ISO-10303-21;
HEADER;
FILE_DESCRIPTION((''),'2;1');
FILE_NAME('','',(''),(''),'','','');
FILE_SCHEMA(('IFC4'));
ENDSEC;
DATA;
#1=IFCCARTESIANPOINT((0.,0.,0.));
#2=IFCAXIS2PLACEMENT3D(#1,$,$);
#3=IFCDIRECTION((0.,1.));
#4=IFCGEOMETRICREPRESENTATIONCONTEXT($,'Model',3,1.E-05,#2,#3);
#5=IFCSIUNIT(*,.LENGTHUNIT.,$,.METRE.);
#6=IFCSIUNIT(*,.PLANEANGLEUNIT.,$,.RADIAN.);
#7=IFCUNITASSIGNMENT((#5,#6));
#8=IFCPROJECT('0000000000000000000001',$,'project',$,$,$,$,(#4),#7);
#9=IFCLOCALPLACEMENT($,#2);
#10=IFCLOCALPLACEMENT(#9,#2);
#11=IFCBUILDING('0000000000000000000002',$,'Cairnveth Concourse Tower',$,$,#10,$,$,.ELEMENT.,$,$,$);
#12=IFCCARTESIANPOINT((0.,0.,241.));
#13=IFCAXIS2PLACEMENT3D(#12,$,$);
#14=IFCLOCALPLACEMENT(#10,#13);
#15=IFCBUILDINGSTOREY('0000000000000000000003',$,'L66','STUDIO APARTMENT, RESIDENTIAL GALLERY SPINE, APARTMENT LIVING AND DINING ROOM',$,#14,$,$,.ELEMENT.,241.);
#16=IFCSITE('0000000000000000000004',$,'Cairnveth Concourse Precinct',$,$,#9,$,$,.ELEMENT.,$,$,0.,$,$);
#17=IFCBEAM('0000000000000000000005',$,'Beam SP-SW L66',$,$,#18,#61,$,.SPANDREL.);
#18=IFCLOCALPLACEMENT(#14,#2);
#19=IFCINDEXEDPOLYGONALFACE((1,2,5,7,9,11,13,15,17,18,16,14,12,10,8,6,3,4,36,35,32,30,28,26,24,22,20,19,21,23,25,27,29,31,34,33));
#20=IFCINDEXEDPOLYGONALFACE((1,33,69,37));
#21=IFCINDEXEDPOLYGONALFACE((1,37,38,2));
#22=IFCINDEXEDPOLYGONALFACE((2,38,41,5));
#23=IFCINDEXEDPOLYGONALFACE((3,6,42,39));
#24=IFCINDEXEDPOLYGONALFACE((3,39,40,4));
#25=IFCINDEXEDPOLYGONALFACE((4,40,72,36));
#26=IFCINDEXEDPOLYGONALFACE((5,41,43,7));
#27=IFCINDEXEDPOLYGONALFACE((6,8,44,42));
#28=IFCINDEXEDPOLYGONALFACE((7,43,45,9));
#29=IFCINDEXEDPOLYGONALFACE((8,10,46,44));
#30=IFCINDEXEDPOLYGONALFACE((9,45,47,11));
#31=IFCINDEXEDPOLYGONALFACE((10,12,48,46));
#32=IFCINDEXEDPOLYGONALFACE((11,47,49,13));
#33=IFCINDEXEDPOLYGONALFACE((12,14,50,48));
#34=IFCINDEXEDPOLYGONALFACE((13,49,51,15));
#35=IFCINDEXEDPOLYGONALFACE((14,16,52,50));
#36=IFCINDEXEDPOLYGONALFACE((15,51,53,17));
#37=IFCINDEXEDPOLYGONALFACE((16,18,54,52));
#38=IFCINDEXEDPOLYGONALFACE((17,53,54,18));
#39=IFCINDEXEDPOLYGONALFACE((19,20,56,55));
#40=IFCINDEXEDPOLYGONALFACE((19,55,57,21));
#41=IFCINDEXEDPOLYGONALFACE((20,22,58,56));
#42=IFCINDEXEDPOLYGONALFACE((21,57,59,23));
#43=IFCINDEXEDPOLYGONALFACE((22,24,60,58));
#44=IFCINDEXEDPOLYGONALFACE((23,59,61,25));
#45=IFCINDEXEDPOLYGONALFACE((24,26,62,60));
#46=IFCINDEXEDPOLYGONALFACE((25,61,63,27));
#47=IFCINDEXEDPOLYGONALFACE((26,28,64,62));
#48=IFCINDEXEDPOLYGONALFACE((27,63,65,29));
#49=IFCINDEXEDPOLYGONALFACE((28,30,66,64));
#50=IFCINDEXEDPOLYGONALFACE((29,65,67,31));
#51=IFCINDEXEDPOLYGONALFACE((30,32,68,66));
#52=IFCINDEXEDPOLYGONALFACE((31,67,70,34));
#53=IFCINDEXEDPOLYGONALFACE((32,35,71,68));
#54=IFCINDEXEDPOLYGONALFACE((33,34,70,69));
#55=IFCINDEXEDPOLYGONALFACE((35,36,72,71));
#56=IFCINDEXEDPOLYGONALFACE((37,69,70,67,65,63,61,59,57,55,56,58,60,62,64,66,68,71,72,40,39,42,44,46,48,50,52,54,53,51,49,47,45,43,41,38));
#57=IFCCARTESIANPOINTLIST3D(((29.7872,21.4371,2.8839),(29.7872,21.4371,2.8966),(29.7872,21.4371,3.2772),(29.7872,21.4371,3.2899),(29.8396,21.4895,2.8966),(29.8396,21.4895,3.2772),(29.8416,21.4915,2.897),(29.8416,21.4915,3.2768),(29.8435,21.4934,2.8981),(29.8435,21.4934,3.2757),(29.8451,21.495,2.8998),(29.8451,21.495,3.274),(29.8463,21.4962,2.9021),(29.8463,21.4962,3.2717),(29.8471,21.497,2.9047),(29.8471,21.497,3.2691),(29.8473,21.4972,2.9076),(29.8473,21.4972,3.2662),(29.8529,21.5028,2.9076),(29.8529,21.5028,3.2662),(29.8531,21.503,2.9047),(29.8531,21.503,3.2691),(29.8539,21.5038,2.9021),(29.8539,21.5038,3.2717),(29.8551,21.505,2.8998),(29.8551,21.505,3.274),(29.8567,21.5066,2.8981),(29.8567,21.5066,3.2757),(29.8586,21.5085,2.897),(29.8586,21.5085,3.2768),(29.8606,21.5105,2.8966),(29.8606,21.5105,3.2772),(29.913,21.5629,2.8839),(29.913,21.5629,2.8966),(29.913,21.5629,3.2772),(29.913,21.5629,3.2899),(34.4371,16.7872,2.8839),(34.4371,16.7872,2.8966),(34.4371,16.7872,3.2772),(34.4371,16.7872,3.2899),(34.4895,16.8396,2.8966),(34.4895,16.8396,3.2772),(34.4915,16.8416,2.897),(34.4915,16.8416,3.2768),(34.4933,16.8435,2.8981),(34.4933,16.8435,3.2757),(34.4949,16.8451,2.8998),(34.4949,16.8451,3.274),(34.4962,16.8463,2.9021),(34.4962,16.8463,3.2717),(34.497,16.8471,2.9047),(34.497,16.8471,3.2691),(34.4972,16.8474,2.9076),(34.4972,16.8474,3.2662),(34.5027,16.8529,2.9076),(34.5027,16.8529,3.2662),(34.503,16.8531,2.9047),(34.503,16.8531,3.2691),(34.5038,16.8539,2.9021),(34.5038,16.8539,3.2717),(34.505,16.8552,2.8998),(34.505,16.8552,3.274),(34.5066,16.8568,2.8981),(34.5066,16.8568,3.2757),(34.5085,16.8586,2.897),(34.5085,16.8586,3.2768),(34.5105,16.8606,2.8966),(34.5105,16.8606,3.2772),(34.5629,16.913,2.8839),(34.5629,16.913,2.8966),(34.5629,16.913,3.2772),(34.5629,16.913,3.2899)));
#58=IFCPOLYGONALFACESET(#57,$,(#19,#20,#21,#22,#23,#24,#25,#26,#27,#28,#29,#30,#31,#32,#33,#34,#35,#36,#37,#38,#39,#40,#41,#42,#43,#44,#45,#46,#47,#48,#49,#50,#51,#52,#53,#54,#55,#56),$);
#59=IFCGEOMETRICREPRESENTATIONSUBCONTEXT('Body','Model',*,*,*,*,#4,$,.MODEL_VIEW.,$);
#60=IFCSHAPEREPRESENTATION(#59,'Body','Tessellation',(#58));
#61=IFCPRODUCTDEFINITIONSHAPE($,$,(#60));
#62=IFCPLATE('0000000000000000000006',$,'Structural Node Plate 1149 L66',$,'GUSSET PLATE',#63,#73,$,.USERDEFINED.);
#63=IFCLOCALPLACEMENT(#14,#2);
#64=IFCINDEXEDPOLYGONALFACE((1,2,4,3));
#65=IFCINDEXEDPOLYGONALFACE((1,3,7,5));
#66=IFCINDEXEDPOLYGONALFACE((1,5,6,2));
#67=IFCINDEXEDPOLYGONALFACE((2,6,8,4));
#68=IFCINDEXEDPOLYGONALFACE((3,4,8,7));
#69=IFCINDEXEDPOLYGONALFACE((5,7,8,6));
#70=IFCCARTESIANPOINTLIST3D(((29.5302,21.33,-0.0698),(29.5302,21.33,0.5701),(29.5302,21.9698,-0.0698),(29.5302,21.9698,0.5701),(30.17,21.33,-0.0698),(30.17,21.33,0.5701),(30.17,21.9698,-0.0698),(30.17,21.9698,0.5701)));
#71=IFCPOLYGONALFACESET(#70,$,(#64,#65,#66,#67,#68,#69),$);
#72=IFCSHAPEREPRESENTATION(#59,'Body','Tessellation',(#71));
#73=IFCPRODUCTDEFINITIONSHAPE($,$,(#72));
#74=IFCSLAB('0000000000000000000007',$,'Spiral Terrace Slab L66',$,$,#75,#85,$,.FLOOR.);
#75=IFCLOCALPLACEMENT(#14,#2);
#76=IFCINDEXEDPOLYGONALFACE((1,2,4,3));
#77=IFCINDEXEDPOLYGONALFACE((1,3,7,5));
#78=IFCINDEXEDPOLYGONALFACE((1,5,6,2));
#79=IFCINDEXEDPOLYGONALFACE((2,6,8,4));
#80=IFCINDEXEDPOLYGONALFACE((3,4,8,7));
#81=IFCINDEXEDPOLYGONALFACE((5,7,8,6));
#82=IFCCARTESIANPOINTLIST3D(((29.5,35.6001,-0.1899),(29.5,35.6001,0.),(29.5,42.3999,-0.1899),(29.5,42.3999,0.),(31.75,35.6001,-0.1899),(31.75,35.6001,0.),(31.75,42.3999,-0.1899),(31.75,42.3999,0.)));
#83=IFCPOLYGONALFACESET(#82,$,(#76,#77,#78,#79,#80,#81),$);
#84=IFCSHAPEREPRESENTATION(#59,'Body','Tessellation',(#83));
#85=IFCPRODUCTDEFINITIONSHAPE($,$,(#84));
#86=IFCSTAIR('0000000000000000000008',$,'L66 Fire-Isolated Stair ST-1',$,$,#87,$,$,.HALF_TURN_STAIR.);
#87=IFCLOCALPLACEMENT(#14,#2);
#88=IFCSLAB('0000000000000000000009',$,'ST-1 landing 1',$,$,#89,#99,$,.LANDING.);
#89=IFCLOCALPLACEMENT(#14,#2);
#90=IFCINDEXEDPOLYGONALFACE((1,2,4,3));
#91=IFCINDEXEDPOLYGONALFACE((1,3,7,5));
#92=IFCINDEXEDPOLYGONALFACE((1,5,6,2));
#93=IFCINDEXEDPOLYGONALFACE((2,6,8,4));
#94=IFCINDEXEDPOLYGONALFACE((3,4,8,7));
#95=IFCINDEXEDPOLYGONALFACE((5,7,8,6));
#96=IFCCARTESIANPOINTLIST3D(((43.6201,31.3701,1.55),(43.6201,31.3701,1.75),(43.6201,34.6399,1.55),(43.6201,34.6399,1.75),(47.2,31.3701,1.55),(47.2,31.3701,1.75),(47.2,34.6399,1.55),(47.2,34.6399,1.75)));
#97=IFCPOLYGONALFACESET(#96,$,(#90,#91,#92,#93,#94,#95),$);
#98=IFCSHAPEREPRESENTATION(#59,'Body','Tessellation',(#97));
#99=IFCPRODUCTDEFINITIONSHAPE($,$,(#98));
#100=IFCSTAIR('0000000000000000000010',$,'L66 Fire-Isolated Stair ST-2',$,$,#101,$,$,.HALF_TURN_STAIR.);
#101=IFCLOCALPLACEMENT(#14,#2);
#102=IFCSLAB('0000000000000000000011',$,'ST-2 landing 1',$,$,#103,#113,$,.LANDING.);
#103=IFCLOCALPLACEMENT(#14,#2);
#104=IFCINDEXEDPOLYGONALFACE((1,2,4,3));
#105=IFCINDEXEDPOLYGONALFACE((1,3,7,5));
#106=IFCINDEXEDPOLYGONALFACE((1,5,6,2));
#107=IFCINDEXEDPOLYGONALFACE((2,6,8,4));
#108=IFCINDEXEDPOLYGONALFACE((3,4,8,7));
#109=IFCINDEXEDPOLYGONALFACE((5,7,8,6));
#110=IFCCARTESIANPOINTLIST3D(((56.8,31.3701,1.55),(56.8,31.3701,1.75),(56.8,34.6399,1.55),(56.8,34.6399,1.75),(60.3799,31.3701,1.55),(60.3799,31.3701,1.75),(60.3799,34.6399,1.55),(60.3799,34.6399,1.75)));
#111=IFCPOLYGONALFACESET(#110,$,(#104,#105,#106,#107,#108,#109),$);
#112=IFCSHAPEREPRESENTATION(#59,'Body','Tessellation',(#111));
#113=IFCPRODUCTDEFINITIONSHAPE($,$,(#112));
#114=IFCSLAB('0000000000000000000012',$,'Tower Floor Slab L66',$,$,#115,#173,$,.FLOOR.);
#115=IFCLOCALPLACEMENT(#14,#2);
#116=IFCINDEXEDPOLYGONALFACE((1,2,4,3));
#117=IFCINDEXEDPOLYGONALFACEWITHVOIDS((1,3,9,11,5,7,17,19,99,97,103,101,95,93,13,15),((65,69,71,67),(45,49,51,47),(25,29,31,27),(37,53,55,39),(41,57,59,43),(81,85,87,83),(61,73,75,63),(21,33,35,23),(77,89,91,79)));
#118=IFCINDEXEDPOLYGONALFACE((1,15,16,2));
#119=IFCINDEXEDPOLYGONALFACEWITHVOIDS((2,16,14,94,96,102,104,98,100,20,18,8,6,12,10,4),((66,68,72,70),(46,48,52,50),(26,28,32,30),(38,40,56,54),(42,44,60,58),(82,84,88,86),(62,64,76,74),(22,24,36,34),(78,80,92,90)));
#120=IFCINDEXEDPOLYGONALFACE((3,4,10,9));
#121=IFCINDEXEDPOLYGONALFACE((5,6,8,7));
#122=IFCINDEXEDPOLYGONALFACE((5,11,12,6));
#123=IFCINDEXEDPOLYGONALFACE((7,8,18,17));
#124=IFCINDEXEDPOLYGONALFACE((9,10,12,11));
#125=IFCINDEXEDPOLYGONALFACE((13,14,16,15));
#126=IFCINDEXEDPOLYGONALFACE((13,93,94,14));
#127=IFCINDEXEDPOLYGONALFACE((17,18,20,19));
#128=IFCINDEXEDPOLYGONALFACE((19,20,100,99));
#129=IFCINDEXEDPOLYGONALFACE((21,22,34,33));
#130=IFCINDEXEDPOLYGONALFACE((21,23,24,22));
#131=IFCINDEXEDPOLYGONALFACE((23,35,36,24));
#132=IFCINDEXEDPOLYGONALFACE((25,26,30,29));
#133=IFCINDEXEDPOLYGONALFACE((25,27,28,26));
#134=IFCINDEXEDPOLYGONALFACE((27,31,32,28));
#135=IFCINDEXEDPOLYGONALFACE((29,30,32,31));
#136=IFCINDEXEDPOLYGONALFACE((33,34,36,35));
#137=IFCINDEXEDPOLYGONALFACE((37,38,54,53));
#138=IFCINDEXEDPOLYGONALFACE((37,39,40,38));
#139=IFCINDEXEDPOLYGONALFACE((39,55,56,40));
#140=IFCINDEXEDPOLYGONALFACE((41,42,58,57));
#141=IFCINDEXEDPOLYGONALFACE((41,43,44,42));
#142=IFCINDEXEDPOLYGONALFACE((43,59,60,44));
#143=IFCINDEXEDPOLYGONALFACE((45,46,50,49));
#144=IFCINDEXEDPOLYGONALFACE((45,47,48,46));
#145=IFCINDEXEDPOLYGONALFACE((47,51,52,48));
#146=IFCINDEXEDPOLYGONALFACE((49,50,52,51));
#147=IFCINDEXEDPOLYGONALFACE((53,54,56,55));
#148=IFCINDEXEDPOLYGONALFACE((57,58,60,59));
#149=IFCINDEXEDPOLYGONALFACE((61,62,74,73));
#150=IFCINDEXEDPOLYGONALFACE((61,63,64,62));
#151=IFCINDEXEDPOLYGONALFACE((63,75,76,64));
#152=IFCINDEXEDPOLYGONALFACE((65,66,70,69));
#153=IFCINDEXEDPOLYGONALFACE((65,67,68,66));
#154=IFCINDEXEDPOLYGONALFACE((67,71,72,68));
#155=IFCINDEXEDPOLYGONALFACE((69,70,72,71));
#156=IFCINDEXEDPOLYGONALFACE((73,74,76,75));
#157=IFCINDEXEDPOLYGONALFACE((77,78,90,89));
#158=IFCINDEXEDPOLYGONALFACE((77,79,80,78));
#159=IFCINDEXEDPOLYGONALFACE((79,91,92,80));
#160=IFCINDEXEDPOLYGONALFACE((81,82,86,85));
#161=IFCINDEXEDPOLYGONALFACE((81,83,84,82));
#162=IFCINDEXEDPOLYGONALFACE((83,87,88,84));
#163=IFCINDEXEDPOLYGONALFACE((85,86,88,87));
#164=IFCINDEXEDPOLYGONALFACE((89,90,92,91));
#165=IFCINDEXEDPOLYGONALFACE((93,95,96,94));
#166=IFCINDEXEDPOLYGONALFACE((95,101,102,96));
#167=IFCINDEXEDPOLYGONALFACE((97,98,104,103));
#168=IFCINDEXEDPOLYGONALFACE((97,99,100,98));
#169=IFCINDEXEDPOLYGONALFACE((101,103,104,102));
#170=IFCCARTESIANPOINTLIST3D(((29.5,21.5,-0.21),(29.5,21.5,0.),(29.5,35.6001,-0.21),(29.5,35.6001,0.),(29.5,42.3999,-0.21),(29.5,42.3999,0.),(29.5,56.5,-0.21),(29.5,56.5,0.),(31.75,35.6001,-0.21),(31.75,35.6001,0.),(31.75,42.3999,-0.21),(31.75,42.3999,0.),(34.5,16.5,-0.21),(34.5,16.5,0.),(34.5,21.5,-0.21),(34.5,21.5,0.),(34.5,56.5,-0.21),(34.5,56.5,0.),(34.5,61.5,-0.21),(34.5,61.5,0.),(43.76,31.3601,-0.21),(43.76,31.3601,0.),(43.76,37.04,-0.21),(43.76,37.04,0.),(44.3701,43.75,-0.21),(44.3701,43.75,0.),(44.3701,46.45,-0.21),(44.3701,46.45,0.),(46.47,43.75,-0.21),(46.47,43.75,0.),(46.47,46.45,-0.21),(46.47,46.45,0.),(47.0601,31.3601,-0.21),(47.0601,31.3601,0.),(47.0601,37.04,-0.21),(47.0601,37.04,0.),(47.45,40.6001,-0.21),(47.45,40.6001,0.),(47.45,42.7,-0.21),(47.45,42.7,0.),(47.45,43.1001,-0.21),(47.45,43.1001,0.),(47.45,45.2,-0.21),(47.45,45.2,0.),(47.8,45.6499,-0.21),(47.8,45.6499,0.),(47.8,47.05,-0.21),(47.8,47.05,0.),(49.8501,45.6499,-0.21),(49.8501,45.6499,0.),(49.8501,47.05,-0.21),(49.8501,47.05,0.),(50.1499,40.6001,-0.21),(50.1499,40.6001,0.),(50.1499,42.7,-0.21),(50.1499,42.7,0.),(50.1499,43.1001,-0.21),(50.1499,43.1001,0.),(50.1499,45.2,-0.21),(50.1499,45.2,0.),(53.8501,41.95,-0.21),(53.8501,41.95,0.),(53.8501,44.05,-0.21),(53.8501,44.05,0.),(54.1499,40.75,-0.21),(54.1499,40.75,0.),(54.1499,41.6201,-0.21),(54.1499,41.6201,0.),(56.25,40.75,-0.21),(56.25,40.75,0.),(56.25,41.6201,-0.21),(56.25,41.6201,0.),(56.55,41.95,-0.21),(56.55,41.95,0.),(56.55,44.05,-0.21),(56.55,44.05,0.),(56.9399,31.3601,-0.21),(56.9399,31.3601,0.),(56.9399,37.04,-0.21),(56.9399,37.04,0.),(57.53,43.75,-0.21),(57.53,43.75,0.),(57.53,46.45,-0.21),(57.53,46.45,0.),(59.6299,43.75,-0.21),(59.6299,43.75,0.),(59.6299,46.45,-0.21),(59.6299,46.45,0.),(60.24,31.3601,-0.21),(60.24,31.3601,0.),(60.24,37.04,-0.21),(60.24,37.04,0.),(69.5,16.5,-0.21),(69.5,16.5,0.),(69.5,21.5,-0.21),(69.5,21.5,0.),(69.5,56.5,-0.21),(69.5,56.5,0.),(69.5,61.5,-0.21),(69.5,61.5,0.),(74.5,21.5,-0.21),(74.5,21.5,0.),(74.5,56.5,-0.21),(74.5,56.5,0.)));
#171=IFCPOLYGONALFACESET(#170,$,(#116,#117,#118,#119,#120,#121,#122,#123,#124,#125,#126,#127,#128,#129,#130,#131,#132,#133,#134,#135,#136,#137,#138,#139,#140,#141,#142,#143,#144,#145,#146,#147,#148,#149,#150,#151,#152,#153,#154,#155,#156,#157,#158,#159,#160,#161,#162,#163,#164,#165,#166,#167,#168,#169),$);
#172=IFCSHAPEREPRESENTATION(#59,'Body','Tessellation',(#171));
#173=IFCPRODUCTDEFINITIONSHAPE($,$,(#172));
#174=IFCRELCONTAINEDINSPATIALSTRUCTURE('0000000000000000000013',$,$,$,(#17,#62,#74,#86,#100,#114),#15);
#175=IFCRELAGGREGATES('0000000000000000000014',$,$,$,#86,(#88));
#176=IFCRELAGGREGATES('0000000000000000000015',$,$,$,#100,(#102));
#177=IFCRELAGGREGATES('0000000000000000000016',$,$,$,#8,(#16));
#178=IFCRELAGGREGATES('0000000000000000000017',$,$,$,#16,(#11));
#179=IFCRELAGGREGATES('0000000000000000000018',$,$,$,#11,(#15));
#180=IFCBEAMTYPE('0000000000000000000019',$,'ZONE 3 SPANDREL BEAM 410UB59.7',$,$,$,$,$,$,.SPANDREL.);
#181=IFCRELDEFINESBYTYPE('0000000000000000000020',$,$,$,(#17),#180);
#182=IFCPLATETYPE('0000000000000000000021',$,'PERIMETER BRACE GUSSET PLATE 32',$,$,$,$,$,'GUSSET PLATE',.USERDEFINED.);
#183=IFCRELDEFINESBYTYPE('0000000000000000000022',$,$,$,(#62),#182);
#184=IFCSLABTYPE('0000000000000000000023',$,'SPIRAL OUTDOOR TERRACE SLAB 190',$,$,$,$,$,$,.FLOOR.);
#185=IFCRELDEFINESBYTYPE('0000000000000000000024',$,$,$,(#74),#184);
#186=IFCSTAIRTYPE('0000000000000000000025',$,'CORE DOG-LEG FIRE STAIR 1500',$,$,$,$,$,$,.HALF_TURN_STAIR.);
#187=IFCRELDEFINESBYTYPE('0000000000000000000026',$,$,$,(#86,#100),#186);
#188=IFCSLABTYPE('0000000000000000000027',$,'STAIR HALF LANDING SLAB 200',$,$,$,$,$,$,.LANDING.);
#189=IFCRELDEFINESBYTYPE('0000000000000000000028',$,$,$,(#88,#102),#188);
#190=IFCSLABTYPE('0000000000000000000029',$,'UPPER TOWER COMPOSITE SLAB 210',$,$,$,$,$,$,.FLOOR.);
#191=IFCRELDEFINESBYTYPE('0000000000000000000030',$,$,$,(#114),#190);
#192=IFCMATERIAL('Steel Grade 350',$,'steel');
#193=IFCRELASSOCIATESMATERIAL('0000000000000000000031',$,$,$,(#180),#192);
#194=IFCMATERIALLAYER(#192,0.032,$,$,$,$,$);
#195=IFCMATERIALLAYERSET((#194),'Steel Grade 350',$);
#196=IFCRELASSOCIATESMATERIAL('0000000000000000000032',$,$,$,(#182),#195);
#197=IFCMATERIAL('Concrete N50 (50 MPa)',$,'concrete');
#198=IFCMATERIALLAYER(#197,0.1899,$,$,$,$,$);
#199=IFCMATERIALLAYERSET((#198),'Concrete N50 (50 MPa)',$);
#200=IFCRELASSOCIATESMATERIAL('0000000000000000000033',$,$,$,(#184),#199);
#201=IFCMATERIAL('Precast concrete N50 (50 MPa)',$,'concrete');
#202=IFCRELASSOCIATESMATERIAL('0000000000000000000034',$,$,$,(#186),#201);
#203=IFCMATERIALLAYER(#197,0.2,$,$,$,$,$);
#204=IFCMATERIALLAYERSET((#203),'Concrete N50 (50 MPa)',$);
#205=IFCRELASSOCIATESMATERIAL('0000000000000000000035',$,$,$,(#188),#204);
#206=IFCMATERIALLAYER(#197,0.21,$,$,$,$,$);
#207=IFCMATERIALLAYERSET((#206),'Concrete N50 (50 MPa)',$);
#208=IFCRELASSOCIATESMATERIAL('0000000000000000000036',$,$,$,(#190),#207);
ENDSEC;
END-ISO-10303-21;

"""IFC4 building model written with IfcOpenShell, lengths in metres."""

from ifc_helpers import new_model, si_unit, direction, frame, origin, origin_2d, place, context, subcontext, project, spatial, polyline, rectangle, i_section, outline, extrude, material, layer, layer_set, material_profile, profile_set, type_object, element, aggregate, save


model = new_model("IFC4")

# Units and contexts
model_context = context("Model", 3, precision=1e-05, world=origin(), true_north=direction((0.0, 1.0)))
body_context = subcontext(model_context, "Body", "Model", "MODEL_VIEW")
ifc_project = project(units=[si_unit("LENGTHUNIT", "METRE"), si_unit("PLANEANGLEUNIT", "RADIAN")], contexts=[model_context])

# Site, building, storey
site_placement = place(None, origin())
site = spatial("IfcSite", under=ifc_project, at=site_placement, Name="Cairnveth Concourse Precinct", CompositionType="ELEMENT", RefElevation=0.0)
building_placement = place(site_placement, origin())
building = spatial("IfcBuilding", under=site, at=building_placement, Name="Cairnveth Concourse Tower", CompositionType="ELEMENT")
storey_placement = place(building_placement, frame((0.0, 0.0, 241.0)))
storey = spatial("IfcBuildingStorey", under=building, at=storey_placement, Name="L66", Description="STUDIO APARTMENT, RESIDENTIAL GALLERY SPINE, APARTMENT LIVING AND DINING ROOM", CompositionType="ELEMENT", Elevation=241.0)

# Shared definitions
ifc_material_1 = material(Name="Steel Grade 350", Category="steel")

# Beam
ifc_material_profile_1 = material_profile(ifc_material_1, i_section(OverallWidth=0.178, OverallDepth=0.406, WebThickness=0.0078, FlangeThickness=0.0127, FilletRadius=0.011, at=origin_2d()), Name="410UB59.7")
ifc_profile_set_1 = profile_set([ifc_material_profile_1], Name="Steel Grade 350")
beam_type_1 = type_object("IfcBeamType", Name="ZONE 3 SPANDREL BEAM 410UB59.7", PredefinedType="SPANDREL", material=ifc_profile_set_1)
beam_1_placement = place(storey_placement, frame((29.8501, 21.5, 3.0869), z_axis=(0.707107, -0.707107, 0.0), x_axis=(0.707107, 0.707107, 0.0)))
element("IfcBeam", 1, at=beam_1_placement, inside=storey, type_object=beam_type_1, Name="Beam SP-SW L66", PredefinedType="SPANDREL", context=body_context, shape_type="SweptSolid", body=[
    extrude(i_section(OverallWidth=0.178, OverallDepth=0.406, WebThickness=0.0078, FlangeThickness=0.0127, FilletRadius=0.011, at=origin_2d()), origin(), (0.0, 0.0, 1.0), 6.5759),
])

# Plate
ifc_layer_1 = layer(ifc_material_1, 0.032)
ifc_layer_set_1 = layer_set([ifc_layer_1], Name="Steel Grade 350")
plate_type = type_object("IfcPlateType", Name="PERIMETER BRACE GUSSET PLATE 32", ElementType="GUSSET PLATE", PredefinedType="USERDEFINED", material=ifc_layer_set_1)
plate_placement = place(storey_placement, frame((29.8501, 21.6499, -0.0698), z_axis=(0.0, 0.0, 1.0), x_axis=(1.0, 0.0, 0.0)))
element("IfcPlate", 2, at=plate_placement, inside=storey, type_object=plate_type, Name="Structural Node Plate 1149 L66", ObjectType="GUSSET PLATE", PredefinedType="USERDEFINED", context=body_context, shape_type="SweptSolid", body=[
    extrude(rectangle(XDim=0.6399, YDim=0.6399, at=origin_2d()), origin(), (0.0, 0.0, 1.0), 0.6399),
])

# Slab
ifc_material_2 = material(Name="Concrete N50 (50 MPa)", Category="concrete")
ifc_layer_2 = layer(ifc_material_2, 0.1899)
ifc_layer_set_2 = layer_set([ifc_layer_2], Name="Concrete N50 (50 MPa)")
slab_type_1 = type_object("IfcSlabType", Name="SPIRAL OUTDOOR TERRACE SLAB 190", PredefinedType="FLOOR", material=ifc_layer_set_2)
slab_1_placement = place(storey_placement, frame((0.0, 0.0, -0.1899)))
element("IfcSlab", 3, at=slab_1_placement, inside=storey, type_object=slab_type_1, Name="Spiral Terrace Slab L66", PredefinedType="FLOOR", context=body_context, shape_type="SweptSolid", body=[
    extrude(outline(polyline([(29.5, 35.6001), (31.75, 35.6001), (31.75, 42.3999), (29.5, 42.3999), (29.5, 35.6001)])), origin(), (0.0, 0.0, 1.0), 0.1899),
])

# Stairs, slabs
ifc_material_3 = material(Name="Precast concrete N50 (50 MPa)", Category="concrete")
stair_type = type_object("IfcStairType", Name="CORE DOG-LEG FIRE STAIR 1500", PredefinedType="HALF_TURN_STAIR", material=ifc_material_3)
stair_1_placement = place(storey_placement, origin())
stair_1 = element("IfcStair", 4, at=stair_1_placement, inside=storey, type_object=stair_type, Name="L66 Fire-Isolated Stair ST-1", PredefinedType="HALF_TURN_STAIR")
ifc_layer_3 = layer(ifc_material_2, 0.2)
ifc_layer_set_3 = layer_set([ifc_layer_3], Name="Concrete N50 (50 MPa)")
slab_type_2 = type_object("IfcSlabType", Name="STAIR HALF LANDING SLAB 200", PredefinedType="LANDING", material=ifc_layer_set_3)
slab_2_placement = place(storey_placement, frame((0.0, 0.0, 1.55)))
slab_2 = element("IfcSlab", 5, at=slab_2_placement, type_object=slab_type_2, Name="ST-1 landing 1", PredefinedType="LANDING", context=body_context, shape_type="SweptSolid", body=[
    extrude(outline(polyline([(43.6201, 34.6399), (43.6201, 31.3701), (47.2, 31.3701), (47.2, 34.6399), (43.6201, 34.6399)])), origin(), (0.0, 0.0, 1.0), 0.2),
])
aggregate(stair_1, [slab_2])
stair_2_placement = place(storey_placement, origin())
stair_2 = element("IfcStair", 6, at=stair_2_placement, inside=storey, type_object=stair_type, Name="L66 Fire-Isolated Stair ST-2", PredefinedType="HALF_TURN_STAIR")
slab_3_placement = place(storey_placement, frame((0.0, 0.0, 1.55)))
slab_3 = element("IfcSlab", 7, at=slab_3_placement, type_object=slab_type_2, Name="ST-2 landing 1", PredefinedType="LANDING", context=body_context, shape_type="SweptSolid", body=[
    extrude(outline(polyline([(56.8, 34.6399), (56.8, 31.3701), (60.3799, 31.3701), (60.3799, 34.6399), (56.8, 34.6399)])), origin(), (0.0, 0.0, 1.0), 0.2),
])
aggregate(stair_2, [slab_3])

# Slab
ifc_layer_4 = layer(ifc_material_2, 0.21)
ifc_layer_set_4 = layer_set([ifc_layer_4], Name="Concrete N50 (50 MPa)")
slab_type_3 = type_object("IfcSlabType", Name="UPPER TOWER COMPOSITE SLAB 210", PredefinedType="FLOOR", material=ifc_layer_set_4)
slab_4_placement = place(storey_placement, frame((0.0, 0.0, -0.21)))
element("IfcSlab", 8, at=slab_4_placement, inside=storey, type_object=slab_type_3, Name="Tower Floor Slab L66", PredefinedType="FLOOR", context=body_context, shape_type="SweptSolid", body=[
    extrude(outline(polyline([(29.5, 42.3999), (31.75, 42.3999), (31.75, 35.6001), (29.5, 35.6001), (29.5, 21.5), (34.5, 21.5), (34.5, 16.5), (69.5, 16.5), (69.5, 21.5), (74.5, 21.5), (74.5, 56.5), (69.5, 56.5), (69.5, 61.5), (34.5, 61.5), (34.5, 56.5), (29.5, 56.5), (29.5, 42.3999)]), holes=[polyline([(43.76, 31.3601), (47.0601, 31.3601), (47.0601, 37.04), (43.76, 37.04), (43.76, 31.3601)]), polyline([(56.9399, 31.3601), (60.24, 31.3601), (60.24, 37.04), (56.9399, 37.04), (56.9399, 31.3601)]), polyline([(44.3701, 43.75), (46.47, 43.75), (46.47, 46.45), (44.3701, 46.45), (44.3701, 43.75)]), polyline([(57.53, 43.75), (59.6299, 43.75), (59.6299, 46.45), (57.53, 46.45), (57.53, 43.75)]), polyline([(47.45, 40.6001), (50.1499, 40.6001), (50.1499, 42.7), (47.45, 42.7), (47.45, 40.6001)]), polyline([(47.45, 43.1001), (50.1499, 43.1001), (50.1499, 45.2), (47.45, 45.2), (47.45, 43.1001)]), polyline([(53.8501, 41.95), (56.55, 41.95), (56.55, 44.05), (53.8501, 44.05), (53.8501, 41.95)]), polyline([(47.8, 45.6499), (49.8501, 45.6499), (49.8501, 47.05), (47.8, 47.05), (47.8, 45.6499)]), polyline([(54.1499, 40.75), (56.25, 40.75), (56.25, 41.6201), (54.1499, 41.6201), (54.1499, 40.75)])]), origin(), (0.0, 0.0, 1.0), 0.21),
])

save(model, "model.ifc")
